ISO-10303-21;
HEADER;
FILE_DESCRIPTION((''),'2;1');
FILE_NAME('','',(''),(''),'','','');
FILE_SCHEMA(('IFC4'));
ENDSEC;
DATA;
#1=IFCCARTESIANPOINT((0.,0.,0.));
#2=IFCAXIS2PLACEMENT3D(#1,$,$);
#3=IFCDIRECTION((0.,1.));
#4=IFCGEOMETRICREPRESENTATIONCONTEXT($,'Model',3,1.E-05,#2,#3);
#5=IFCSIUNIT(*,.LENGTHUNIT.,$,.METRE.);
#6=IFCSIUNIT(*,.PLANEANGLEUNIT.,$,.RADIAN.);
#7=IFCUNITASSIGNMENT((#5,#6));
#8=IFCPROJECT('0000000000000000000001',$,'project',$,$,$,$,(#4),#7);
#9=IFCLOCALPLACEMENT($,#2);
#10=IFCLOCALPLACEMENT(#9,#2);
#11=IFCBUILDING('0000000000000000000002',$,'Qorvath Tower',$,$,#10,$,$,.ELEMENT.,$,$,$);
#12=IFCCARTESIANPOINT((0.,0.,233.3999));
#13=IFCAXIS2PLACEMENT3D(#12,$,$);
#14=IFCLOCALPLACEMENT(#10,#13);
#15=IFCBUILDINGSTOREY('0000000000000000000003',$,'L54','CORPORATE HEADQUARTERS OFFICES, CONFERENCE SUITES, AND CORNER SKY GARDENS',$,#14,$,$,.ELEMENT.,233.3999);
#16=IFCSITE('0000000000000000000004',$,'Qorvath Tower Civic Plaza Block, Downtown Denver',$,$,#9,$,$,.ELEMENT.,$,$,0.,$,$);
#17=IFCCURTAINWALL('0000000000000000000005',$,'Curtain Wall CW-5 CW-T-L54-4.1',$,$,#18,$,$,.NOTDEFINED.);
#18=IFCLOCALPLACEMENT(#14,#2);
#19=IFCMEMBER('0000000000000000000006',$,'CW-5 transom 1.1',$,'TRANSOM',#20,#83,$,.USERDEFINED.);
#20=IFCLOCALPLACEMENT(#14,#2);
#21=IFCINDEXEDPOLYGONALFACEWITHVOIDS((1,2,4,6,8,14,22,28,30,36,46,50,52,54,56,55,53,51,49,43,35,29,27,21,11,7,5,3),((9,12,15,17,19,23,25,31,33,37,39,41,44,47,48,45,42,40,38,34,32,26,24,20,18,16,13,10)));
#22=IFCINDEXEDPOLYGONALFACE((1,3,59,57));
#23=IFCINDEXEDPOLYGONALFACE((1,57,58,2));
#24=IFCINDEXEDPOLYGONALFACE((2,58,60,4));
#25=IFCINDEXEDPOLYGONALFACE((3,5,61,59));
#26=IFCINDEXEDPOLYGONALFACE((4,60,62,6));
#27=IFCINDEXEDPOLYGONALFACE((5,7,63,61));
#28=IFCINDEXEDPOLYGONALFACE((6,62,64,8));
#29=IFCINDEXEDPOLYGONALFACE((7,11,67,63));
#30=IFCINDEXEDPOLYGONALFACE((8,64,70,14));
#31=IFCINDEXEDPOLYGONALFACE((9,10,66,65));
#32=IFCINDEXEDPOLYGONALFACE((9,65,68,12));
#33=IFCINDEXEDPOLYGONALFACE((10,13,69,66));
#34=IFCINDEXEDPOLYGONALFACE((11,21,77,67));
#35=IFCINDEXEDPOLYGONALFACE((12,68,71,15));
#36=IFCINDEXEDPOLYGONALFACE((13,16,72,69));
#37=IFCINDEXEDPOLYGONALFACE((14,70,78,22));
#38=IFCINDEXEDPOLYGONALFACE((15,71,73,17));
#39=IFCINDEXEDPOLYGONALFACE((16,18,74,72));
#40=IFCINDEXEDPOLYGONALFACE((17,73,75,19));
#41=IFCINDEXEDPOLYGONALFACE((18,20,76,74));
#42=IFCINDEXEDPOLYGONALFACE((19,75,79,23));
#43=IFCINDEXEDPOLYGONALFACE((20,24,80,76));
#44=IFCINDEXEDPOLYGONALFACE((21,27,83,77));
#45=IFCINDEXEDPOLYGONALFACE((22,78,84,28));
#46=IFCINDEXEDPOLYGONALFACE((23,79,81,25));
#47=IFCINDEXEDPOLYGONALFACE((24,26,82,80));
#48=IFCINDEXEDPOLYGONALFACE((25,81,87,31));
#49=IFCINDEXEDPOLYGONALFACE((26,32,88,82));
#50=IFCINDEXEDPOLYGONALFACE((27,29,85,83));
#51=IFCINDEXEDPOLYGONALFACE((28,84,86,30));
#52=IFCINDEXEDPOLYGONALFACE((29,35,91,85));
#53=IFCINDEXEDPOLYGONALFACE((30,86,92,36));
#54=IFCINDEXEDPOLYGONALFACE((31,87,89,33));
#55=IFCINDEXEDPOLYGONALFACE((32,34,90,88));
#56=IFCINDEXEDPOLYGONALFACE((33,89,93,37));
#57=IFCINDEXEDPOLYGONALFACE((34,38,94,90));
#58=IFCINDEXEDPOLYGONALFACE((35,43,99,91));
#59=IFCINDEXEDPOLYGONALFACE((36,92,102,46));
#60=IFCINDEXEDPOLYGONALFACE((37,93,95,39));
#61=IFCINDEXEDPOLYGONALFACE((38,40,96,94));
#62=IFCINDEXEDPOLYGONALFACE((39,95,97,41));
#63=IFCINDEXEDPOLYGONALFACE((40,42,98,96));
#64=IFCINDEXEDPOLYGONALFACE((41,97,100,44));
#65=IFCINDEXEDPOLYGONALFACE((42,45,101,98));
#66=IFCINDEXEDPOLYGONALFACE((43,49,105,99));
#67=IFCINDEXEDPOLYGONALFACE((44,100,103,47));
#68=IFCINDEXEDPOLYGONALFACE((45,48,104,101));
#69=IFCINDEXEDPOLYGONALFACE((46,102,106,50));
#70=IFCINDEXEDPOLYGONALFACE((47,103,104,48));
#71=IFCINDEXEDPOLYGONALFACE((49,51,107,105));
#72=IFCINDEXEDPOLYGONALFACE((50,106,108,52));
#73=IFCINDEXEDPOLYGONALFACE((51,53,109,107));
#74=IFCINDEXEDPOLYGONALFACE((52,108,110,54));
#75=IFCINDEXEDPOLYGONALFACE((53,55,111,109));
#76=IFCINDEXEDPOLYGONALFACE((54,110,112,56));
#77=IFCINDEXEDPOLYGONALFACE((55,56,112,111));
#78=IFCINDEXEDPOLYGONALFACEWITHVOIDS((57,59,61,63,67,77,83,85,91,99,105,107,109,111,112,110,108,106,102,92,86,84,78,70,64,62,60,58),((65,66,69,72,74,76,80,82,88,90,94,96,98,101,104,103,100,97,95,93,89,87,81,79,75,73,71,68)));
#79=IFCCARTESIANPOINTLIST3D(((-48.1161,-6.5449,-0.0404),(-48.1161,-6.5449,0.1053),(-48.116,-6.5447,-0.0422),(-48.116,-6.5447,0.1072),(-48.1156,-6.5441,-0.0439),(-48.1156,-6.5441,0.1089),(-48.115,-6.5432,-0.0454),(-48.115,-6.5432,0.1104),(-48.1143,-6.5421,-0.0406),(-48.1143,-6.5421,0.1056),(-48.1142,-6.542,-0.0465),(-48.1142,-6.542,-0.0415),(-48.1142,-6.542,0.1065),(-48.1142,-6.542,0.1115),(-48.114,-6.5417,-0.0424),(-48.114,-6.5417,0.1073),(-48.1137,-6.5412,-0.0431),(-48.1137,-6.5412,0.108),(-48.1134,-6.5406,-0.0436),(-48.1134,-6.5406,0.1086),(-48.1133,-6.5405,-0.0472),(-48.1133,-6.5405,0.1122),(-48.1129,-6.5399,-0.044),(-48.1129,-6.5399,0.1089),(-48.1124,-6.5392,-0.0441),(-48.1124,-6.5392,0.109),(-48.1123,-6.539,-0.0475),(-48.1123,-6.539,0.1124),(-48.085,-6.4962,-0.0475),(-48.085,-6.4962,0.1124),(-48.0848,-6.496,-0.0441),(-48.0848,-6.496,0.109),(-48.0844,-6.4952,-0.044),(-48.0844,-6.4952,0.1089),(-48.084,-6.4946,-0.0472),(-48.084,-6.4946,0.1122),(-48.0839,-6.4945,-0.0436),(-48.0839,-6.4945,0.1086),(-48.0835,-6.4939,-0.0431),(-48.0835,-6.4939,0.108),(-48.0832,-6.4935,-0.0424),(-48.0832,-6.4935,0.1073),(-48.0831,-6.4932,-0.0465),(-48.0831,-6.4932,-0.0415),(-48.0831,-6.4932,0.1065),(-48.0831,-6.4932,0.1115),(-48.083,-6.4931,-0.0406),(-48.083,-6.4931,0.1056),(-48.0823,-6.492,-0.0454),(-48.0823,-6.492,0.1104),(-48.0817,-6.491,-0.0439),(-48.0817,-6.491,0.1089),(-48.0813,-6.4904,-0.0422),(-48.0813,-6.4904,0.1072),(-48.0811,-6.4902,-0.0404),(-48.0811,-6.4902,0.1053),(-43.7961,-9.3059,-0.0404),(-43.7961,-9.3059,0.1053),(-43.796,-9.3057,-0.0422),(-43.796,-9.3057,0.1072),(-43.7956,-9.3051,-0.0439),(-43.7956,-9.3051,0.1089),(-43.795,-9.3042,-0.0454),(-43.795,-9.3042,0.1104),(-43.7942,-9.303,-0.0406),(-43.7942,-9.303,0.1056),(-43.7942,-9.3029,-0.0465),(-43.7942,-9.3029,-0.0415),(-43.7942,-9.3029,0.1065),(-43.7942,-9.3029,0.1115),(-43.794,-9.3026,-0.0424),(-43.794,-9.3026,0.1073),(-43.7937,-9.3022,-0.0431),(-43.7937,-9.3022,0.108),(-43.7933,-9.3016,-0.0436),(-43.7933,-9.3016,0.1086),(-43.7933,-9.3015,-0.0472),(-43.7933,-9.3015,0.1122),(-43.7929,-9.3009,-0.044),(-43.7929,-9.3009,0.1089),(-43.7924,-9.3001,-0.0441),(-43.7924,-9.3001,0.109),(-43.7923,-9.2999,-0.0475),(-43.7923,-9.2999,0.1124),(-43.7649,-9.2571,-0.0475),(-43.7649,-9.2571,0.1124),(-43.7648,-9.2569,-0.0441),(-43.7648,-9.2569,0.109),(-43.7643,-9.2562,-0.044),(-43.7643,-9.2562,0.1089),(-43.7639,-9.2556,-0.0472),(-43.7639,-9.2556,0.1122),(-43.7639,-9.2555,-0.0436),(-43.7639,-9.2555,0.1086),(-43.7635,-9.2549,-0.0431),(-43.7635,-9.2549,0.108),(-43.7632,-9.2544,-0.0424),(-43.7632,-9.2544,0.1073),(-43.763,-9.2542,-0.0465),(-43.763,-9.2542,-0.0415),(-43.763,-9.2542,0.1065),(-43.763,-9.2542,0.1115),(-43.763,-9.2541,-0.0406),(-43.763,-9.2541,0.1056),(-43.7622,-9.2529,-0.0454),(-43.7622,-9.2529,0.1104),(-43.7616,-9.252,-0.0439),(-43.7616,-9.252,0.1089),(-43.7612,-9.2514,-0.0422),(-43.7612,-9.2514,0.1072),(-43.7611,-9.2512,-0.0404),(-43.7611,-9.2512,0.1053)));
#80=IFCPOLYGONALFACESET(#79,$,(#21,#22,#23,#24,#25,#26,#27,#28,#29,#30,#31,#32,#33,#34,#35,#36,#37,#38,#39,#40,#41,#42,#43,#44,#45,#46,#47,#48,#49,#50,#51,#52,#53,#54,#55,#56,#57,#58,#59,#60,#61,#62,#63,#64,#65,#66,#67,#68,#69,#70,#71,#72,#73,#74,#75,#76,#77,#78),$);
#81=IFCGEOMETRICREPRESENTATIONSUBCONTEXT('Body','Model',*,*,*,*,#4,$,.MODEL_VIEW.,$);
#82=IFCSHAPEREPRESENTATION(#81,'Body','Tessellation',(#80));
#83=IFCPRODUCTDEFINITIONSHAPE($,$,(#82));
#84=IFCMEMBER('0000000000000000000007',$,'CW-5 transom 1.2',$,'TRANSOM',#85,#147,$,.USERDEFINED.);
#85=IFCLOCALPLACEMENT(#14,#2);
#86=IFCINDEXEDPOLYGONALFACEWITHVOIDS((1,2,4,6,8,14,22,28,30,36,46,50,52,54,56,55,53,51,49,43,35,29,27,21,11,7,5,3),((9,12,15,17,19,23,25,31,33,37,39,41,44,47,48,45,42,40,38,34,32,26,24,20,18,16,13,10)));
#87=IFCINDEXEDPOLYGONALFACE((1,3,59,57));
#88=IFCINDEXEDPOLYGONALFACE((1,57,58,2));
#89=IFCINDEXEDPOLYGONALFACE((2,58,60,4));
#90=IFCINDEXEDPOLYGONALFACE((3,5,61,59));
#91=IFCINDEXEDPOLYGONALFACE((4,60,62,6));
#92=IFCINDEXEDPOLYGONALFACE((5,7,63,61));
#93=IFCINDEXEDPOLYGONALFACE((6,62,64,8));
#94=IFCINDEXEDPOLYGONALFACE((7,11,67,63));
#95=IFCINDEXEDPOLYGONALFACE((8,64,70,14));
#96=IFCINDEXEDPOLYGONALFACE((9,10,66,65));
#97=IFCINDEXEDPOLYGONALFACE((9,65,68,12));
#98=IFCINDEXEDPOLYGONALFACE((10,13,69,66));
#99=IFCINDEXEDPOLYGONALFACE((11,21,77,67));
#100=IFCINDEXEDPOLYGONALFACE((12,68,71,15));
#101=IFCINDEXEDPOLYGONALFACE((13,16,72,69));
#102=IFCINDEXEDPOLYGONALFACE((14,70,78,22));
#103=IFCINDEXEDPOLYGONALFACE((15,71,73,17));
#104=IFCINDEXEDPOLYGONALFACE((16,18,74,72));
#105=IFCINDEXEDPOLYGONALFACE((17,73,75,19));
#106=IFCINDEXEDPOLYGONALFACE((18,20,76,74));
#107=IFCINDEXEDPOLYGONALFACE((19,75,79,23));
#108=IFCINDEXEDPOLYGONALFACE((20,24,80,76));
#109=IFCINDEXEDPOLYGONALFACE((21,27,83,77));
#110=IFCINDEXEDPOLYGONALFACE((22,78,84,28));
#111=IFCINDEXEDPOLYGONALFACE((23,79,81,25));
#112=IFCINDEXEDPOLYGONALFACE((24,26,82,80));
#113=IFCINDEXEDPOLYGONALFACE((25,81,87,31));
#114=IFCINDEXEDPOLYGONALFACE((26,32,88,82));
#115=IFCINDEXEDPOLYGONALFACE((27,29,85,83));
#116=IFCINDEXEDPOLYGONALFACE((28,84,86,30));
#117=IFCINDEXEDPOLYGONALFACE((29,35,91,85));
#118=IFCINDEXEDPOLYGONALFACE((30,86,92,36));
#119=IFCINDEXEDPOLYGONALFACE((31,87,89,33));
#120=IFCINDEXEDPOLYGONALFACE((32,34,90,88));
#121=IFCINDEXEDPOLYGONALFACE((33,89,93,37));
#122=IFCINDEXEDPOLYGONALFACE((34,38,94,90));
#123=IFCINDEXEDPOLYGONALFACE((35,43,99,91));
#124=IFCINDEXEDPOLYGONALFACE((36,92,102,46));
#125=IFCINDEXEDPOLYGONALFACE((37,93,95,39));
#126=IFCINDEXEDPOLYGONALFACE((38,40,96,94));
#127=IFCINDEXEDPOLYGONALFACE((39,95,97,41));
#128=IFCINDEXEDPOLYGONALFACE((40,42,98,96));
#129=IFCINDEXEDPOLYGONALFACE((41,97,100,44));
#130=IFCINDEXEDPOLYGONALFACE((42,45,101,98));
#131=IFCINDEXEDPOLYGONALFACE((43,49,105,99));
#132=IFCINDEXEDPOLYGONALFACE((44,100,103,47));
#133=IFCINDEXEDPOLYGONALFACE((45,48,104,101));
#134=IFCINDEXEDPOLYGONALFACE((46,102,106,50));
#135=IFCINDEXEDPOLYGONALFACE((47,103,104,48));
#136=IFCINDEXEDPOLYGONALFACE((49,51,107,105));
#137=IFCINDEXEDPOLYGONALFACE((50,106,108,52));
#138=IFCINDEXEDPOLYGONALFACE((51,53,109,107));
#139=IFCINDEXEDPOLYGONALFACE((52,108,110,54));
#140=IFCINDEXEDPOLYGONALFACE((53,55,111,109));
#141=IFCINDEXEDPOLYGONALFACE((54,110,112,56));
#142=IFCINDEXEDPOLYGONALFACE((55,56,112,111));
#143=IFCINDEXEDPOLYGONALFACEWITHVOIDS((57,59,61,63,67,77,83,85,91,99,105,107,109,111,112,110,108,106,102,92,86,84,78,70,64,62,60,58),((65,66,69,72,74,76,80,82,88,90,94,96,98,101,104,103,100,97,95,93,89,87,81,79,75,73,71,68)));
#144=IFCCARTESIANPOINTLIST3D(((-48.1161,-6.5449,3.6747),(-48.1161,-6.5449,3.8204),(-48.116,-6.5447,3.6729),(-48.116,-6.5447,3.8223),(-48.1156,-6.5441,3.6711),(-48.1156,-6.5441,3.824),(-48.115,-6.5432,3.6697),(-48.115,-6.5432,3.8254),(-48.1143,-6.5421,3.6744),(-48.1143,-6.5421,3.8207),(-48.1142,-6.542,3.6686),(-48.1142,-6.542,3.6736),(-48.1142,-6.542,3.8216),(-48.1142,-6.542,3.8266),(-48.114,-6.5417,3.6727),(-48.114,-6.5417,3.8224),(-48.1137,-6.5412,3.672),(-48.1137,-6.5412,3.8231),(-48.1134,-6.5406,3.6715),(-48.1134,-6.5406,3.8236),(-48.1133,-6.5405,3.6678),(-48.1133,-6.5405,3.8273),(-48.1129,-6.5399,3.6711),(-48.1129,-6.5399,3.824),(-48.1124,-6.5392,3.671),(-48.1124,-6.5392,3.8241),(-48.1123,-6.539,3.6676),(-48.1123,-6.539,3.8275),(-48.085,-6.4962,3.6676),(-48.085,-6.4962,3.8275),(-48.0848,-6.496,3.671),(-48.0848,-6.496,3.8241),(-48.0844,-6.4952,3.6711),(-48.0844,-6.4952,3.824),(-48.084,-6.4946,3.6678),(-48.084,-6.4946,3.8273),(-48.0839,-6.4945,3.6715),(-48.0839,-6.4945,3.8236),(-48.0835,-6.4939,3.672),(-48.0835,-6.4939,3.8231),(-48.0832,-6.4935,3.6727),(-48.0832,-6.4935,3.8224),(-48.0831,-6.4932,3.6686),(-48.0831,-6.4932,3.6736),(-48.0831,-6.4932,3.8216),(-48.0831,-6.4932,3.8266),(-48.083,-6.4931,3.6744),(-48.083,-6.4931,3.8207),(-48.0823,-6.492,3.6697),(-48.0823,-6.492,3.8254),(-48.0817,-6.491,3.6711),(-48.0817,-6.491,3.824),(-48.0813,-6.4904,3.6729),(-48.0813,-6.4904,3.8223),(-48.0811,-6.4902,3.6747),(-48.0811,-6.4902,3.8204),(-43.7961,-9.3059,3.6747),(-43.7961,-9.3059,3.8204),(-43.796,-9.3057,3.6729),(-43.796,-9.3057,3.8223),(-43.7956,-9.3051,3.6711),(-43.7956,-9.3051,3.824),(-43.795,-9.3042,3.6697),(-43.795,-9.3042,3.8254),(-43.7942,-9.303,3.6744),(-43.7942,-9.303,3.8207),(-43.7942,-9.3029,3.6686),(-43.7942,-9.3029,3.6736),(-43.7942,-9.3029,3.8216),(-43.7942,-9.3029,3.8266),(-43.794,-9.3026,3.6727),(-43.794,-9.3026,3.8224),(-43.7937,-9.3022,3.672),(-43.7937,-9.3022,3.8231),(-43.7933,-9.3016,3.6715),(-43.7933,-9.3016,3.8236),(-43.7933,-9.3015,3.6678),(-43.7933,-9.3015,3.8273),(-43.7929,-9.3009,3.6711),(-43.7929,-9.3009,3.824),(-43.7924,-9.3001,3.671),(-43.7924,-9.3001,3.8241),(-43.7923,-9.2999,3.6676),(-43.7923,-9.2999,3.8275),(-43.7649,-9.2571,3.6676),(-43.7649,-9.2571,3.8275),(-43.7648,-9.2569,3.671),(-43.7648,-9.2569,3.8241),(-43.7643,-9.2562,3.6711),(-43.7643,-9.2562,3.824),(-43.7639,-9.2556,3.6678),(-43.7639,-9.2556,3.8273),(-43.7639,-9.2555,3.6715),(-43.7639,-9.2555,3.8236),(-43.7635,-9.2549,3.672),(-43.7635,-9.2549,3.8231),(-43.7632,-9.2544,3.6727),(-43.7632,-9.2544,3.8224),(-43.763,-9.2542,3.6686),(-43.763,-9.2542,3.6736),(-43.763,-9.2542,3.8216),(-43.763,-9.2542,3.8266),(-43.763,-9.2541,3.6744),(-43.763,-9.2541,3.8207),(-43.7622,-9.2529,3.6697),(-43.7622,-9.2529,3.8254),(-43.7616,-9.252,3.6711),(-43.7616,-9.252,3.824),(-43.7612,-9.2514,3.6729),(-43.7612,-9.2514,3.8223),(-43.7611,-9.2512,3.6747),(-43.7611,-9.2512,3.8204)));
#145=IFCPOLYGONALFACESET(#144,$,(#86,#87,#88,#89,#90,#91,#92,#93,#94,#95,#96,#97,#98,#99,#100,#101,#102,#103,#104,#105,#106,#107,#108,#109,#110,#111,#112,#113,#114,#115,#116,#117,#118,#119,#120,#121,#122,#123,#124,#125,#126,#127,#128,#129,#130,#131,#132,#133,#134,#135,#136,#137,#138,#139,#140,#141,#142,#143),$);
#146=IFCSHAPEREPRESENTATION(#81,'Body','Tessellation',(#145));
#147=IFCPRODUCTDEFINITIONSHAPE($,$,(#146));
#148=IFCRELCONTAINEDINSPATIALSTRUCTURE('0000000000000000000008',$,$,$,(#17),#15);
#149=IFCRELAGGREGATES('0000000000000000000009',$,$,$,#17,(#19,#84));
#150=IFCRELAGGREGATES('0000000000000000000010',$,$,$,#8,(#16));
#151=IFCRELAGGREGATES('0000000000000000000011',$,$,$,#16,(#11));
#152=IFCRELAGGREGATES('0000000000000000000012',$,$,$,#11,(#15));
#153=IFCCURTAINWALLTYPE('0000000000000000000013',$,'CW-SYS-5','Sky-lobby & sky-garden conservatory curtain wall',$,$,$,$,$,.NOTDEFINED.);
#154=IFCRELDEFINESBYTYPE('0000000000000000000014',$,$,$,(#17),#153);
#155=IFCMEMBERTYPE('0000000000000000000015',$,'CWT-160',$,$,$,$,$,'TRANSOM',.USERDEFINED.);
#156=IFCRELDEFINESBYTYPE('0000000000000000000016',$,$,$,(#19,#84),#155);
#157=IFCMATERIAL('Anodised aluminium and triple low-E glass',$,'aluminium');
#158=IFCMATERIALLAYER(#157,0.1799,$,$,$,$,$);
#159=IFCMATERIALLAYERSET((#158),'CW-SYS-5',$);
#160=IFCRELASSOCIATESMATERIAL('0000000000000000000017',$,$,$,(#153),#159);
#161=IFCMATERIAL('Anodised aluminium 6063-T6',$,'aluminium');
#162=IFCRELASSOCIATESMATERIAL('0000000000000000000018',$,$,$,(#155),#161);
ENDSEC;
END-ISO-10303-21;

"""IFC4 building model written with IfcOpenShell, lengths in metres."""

from ifc_helpers import new_model, si_unit, direction, frame, origin, origin_2d, place, context, subcontext, project, spatial, hollow_rectangle, extrude, material, layer, layer_set, material_profile, profile_set, type_object, element, aggregate, save


model = new_model("IFC4")

# Units and contexts
model_context = context("Model", 3, precision=1e-05, world=origin(), true_north=direction((0.0, 1.0)))
body_context = subcontext(model_context, "Body", "Model", "MODEL_VIEW")
ifc_project = project(units=[si_unit("LENGTHUNIT", "METRE"), si_unit("PLANEANGLEUNIT", "RADIAN")], contexts=[model_context])

# Site, building, storey
site_placement = place(None, origin())
site = spatial("IfcSite", under=ifc_project, at=site_placement, Name="Qorvath Tower Civic Plaza Block, Downtown Denver", CompositionType="ELEMENT", RefElevation=0.0)
building_placement = place(site_placement, origin())
building = spatial("IfcBuilding", under=site, at=building_placement, Name="Qorvath Tower", CompositionType="ELEMENT")
storey_placement = place(building_placement, frame((0.0, 0.0, 233.3999)))
storey = spatial("IfcBuildingStorey", under=building, at=storey_placement, Name="L54", Description="CORPORATE HEADQUARTERS OFFICES, CONFERENCE SUITES, AND CORNER SKY GARDENS", CompositionType="ELEMENT", Elevation=233.3999)

# Shared definitions
ifc_material_1 = material(Name="Anodised aluminium and triple low-E glass", Category="aluminium")
ifc_layer_1 = layer(ifc_material_1, 0.1799)
ifc_layer_set_1 = layer_set([ifc_layer_1], Name="CW-SYS-5")
curtain_wall_type = type_object("IfcCurtainWallType", Name="CW-SYS-5", Description="Sky-lobby & sky-garden conservatory curtain wall", PredefinedType="NOTDEFINED", material=ifc_layer_set_1)

# Curtain wall
curtain_wall_1_placement = place(storey_placement, origin())
curtain_wall_1 = element("IfcCurtainWall", 1, at=curtain_wall_1_placement, inside=storey, type_object=curtain_wall_type, Name="Curtain Wall CW-5 CW-T-L54-4.1", PredefinedType="NOTDEFINED")

# Members
ifc_material_2 = material(Name="Anodised aluminium 6063-T6", Category="aluminium")
ifc_material_profile_1 = material_profile(ifc_material_2, hollow_rectangle(XDim=0.0649, YDim=0.1599, WallThickness=0.0034, InnerFilletRadius=0.0034, OuterFilletRadius=0.0071, at=origin_2d()), Name="CWT 160x65")
ifc_profile_set_1 = profile_set([ifc_material_profile_1], Name="Anodised aluminium 6063-T6")
member_type_1 = type_object("IfcMemberType", Name="CWT-160", ElementType="TRANSOM", PredefinedType="USERDEFINED", material=ifc_profile_set_1)
member_1_placement = place(storey_placement, frame((-48.0986, -6.5176, 0.0325), z_axis=(0.842613, -0.53852, 0.0), x_axis=(0.53852, 0.842613, 0.0)))
member_1 = element("IfcMember", 2, at=member_1_placement, type_object=member_type_1, Name="CW-5 transom 1.1", ObjectType="TRANSOM", PredefinedType="USERDEFINED", context=body_context, shape_type="SweptSolid", body=[
    extrude(hollow_rectangle(XDim=0.0649, YDim=0.1599, WallThickness=0.0034, InnerFilletRadius=0.0034, OuterFilletRadius=0.0071, at=origin_2d()), origin(), (0.0, 0.0, 1.0), 5.127),
])
member_2_placement = place(storey_placement, frame((-48.0986, -6.5176, 3.7476), z_axis=(0.842613, -0.53852, 0.0), x_axis=(0.53852, 0.842613, 0.0)))
member_2 = element("IfcMember", 3, at=member_2_placement, type_object=member_type_1, Name="CW-5 transom 1.2", ObjectType="TRANSOM", PredefinedType="USERDEFINED", context=body_context, shape_type="SweptSolid", body=[
    extrude(hollow_rectangle(XDim=0.0649, YDim=0.1599, WallThickness=0.0034, InnerFilletRadius=0.0034, OuterFilletRadius=0.0071, at=origin_2d()), origin(), (0.0, 0.0, 1.0), 5.127),
])

aggregate(curtain_wall_1, [member_1, member_2])

save(model, "model.ifc")
